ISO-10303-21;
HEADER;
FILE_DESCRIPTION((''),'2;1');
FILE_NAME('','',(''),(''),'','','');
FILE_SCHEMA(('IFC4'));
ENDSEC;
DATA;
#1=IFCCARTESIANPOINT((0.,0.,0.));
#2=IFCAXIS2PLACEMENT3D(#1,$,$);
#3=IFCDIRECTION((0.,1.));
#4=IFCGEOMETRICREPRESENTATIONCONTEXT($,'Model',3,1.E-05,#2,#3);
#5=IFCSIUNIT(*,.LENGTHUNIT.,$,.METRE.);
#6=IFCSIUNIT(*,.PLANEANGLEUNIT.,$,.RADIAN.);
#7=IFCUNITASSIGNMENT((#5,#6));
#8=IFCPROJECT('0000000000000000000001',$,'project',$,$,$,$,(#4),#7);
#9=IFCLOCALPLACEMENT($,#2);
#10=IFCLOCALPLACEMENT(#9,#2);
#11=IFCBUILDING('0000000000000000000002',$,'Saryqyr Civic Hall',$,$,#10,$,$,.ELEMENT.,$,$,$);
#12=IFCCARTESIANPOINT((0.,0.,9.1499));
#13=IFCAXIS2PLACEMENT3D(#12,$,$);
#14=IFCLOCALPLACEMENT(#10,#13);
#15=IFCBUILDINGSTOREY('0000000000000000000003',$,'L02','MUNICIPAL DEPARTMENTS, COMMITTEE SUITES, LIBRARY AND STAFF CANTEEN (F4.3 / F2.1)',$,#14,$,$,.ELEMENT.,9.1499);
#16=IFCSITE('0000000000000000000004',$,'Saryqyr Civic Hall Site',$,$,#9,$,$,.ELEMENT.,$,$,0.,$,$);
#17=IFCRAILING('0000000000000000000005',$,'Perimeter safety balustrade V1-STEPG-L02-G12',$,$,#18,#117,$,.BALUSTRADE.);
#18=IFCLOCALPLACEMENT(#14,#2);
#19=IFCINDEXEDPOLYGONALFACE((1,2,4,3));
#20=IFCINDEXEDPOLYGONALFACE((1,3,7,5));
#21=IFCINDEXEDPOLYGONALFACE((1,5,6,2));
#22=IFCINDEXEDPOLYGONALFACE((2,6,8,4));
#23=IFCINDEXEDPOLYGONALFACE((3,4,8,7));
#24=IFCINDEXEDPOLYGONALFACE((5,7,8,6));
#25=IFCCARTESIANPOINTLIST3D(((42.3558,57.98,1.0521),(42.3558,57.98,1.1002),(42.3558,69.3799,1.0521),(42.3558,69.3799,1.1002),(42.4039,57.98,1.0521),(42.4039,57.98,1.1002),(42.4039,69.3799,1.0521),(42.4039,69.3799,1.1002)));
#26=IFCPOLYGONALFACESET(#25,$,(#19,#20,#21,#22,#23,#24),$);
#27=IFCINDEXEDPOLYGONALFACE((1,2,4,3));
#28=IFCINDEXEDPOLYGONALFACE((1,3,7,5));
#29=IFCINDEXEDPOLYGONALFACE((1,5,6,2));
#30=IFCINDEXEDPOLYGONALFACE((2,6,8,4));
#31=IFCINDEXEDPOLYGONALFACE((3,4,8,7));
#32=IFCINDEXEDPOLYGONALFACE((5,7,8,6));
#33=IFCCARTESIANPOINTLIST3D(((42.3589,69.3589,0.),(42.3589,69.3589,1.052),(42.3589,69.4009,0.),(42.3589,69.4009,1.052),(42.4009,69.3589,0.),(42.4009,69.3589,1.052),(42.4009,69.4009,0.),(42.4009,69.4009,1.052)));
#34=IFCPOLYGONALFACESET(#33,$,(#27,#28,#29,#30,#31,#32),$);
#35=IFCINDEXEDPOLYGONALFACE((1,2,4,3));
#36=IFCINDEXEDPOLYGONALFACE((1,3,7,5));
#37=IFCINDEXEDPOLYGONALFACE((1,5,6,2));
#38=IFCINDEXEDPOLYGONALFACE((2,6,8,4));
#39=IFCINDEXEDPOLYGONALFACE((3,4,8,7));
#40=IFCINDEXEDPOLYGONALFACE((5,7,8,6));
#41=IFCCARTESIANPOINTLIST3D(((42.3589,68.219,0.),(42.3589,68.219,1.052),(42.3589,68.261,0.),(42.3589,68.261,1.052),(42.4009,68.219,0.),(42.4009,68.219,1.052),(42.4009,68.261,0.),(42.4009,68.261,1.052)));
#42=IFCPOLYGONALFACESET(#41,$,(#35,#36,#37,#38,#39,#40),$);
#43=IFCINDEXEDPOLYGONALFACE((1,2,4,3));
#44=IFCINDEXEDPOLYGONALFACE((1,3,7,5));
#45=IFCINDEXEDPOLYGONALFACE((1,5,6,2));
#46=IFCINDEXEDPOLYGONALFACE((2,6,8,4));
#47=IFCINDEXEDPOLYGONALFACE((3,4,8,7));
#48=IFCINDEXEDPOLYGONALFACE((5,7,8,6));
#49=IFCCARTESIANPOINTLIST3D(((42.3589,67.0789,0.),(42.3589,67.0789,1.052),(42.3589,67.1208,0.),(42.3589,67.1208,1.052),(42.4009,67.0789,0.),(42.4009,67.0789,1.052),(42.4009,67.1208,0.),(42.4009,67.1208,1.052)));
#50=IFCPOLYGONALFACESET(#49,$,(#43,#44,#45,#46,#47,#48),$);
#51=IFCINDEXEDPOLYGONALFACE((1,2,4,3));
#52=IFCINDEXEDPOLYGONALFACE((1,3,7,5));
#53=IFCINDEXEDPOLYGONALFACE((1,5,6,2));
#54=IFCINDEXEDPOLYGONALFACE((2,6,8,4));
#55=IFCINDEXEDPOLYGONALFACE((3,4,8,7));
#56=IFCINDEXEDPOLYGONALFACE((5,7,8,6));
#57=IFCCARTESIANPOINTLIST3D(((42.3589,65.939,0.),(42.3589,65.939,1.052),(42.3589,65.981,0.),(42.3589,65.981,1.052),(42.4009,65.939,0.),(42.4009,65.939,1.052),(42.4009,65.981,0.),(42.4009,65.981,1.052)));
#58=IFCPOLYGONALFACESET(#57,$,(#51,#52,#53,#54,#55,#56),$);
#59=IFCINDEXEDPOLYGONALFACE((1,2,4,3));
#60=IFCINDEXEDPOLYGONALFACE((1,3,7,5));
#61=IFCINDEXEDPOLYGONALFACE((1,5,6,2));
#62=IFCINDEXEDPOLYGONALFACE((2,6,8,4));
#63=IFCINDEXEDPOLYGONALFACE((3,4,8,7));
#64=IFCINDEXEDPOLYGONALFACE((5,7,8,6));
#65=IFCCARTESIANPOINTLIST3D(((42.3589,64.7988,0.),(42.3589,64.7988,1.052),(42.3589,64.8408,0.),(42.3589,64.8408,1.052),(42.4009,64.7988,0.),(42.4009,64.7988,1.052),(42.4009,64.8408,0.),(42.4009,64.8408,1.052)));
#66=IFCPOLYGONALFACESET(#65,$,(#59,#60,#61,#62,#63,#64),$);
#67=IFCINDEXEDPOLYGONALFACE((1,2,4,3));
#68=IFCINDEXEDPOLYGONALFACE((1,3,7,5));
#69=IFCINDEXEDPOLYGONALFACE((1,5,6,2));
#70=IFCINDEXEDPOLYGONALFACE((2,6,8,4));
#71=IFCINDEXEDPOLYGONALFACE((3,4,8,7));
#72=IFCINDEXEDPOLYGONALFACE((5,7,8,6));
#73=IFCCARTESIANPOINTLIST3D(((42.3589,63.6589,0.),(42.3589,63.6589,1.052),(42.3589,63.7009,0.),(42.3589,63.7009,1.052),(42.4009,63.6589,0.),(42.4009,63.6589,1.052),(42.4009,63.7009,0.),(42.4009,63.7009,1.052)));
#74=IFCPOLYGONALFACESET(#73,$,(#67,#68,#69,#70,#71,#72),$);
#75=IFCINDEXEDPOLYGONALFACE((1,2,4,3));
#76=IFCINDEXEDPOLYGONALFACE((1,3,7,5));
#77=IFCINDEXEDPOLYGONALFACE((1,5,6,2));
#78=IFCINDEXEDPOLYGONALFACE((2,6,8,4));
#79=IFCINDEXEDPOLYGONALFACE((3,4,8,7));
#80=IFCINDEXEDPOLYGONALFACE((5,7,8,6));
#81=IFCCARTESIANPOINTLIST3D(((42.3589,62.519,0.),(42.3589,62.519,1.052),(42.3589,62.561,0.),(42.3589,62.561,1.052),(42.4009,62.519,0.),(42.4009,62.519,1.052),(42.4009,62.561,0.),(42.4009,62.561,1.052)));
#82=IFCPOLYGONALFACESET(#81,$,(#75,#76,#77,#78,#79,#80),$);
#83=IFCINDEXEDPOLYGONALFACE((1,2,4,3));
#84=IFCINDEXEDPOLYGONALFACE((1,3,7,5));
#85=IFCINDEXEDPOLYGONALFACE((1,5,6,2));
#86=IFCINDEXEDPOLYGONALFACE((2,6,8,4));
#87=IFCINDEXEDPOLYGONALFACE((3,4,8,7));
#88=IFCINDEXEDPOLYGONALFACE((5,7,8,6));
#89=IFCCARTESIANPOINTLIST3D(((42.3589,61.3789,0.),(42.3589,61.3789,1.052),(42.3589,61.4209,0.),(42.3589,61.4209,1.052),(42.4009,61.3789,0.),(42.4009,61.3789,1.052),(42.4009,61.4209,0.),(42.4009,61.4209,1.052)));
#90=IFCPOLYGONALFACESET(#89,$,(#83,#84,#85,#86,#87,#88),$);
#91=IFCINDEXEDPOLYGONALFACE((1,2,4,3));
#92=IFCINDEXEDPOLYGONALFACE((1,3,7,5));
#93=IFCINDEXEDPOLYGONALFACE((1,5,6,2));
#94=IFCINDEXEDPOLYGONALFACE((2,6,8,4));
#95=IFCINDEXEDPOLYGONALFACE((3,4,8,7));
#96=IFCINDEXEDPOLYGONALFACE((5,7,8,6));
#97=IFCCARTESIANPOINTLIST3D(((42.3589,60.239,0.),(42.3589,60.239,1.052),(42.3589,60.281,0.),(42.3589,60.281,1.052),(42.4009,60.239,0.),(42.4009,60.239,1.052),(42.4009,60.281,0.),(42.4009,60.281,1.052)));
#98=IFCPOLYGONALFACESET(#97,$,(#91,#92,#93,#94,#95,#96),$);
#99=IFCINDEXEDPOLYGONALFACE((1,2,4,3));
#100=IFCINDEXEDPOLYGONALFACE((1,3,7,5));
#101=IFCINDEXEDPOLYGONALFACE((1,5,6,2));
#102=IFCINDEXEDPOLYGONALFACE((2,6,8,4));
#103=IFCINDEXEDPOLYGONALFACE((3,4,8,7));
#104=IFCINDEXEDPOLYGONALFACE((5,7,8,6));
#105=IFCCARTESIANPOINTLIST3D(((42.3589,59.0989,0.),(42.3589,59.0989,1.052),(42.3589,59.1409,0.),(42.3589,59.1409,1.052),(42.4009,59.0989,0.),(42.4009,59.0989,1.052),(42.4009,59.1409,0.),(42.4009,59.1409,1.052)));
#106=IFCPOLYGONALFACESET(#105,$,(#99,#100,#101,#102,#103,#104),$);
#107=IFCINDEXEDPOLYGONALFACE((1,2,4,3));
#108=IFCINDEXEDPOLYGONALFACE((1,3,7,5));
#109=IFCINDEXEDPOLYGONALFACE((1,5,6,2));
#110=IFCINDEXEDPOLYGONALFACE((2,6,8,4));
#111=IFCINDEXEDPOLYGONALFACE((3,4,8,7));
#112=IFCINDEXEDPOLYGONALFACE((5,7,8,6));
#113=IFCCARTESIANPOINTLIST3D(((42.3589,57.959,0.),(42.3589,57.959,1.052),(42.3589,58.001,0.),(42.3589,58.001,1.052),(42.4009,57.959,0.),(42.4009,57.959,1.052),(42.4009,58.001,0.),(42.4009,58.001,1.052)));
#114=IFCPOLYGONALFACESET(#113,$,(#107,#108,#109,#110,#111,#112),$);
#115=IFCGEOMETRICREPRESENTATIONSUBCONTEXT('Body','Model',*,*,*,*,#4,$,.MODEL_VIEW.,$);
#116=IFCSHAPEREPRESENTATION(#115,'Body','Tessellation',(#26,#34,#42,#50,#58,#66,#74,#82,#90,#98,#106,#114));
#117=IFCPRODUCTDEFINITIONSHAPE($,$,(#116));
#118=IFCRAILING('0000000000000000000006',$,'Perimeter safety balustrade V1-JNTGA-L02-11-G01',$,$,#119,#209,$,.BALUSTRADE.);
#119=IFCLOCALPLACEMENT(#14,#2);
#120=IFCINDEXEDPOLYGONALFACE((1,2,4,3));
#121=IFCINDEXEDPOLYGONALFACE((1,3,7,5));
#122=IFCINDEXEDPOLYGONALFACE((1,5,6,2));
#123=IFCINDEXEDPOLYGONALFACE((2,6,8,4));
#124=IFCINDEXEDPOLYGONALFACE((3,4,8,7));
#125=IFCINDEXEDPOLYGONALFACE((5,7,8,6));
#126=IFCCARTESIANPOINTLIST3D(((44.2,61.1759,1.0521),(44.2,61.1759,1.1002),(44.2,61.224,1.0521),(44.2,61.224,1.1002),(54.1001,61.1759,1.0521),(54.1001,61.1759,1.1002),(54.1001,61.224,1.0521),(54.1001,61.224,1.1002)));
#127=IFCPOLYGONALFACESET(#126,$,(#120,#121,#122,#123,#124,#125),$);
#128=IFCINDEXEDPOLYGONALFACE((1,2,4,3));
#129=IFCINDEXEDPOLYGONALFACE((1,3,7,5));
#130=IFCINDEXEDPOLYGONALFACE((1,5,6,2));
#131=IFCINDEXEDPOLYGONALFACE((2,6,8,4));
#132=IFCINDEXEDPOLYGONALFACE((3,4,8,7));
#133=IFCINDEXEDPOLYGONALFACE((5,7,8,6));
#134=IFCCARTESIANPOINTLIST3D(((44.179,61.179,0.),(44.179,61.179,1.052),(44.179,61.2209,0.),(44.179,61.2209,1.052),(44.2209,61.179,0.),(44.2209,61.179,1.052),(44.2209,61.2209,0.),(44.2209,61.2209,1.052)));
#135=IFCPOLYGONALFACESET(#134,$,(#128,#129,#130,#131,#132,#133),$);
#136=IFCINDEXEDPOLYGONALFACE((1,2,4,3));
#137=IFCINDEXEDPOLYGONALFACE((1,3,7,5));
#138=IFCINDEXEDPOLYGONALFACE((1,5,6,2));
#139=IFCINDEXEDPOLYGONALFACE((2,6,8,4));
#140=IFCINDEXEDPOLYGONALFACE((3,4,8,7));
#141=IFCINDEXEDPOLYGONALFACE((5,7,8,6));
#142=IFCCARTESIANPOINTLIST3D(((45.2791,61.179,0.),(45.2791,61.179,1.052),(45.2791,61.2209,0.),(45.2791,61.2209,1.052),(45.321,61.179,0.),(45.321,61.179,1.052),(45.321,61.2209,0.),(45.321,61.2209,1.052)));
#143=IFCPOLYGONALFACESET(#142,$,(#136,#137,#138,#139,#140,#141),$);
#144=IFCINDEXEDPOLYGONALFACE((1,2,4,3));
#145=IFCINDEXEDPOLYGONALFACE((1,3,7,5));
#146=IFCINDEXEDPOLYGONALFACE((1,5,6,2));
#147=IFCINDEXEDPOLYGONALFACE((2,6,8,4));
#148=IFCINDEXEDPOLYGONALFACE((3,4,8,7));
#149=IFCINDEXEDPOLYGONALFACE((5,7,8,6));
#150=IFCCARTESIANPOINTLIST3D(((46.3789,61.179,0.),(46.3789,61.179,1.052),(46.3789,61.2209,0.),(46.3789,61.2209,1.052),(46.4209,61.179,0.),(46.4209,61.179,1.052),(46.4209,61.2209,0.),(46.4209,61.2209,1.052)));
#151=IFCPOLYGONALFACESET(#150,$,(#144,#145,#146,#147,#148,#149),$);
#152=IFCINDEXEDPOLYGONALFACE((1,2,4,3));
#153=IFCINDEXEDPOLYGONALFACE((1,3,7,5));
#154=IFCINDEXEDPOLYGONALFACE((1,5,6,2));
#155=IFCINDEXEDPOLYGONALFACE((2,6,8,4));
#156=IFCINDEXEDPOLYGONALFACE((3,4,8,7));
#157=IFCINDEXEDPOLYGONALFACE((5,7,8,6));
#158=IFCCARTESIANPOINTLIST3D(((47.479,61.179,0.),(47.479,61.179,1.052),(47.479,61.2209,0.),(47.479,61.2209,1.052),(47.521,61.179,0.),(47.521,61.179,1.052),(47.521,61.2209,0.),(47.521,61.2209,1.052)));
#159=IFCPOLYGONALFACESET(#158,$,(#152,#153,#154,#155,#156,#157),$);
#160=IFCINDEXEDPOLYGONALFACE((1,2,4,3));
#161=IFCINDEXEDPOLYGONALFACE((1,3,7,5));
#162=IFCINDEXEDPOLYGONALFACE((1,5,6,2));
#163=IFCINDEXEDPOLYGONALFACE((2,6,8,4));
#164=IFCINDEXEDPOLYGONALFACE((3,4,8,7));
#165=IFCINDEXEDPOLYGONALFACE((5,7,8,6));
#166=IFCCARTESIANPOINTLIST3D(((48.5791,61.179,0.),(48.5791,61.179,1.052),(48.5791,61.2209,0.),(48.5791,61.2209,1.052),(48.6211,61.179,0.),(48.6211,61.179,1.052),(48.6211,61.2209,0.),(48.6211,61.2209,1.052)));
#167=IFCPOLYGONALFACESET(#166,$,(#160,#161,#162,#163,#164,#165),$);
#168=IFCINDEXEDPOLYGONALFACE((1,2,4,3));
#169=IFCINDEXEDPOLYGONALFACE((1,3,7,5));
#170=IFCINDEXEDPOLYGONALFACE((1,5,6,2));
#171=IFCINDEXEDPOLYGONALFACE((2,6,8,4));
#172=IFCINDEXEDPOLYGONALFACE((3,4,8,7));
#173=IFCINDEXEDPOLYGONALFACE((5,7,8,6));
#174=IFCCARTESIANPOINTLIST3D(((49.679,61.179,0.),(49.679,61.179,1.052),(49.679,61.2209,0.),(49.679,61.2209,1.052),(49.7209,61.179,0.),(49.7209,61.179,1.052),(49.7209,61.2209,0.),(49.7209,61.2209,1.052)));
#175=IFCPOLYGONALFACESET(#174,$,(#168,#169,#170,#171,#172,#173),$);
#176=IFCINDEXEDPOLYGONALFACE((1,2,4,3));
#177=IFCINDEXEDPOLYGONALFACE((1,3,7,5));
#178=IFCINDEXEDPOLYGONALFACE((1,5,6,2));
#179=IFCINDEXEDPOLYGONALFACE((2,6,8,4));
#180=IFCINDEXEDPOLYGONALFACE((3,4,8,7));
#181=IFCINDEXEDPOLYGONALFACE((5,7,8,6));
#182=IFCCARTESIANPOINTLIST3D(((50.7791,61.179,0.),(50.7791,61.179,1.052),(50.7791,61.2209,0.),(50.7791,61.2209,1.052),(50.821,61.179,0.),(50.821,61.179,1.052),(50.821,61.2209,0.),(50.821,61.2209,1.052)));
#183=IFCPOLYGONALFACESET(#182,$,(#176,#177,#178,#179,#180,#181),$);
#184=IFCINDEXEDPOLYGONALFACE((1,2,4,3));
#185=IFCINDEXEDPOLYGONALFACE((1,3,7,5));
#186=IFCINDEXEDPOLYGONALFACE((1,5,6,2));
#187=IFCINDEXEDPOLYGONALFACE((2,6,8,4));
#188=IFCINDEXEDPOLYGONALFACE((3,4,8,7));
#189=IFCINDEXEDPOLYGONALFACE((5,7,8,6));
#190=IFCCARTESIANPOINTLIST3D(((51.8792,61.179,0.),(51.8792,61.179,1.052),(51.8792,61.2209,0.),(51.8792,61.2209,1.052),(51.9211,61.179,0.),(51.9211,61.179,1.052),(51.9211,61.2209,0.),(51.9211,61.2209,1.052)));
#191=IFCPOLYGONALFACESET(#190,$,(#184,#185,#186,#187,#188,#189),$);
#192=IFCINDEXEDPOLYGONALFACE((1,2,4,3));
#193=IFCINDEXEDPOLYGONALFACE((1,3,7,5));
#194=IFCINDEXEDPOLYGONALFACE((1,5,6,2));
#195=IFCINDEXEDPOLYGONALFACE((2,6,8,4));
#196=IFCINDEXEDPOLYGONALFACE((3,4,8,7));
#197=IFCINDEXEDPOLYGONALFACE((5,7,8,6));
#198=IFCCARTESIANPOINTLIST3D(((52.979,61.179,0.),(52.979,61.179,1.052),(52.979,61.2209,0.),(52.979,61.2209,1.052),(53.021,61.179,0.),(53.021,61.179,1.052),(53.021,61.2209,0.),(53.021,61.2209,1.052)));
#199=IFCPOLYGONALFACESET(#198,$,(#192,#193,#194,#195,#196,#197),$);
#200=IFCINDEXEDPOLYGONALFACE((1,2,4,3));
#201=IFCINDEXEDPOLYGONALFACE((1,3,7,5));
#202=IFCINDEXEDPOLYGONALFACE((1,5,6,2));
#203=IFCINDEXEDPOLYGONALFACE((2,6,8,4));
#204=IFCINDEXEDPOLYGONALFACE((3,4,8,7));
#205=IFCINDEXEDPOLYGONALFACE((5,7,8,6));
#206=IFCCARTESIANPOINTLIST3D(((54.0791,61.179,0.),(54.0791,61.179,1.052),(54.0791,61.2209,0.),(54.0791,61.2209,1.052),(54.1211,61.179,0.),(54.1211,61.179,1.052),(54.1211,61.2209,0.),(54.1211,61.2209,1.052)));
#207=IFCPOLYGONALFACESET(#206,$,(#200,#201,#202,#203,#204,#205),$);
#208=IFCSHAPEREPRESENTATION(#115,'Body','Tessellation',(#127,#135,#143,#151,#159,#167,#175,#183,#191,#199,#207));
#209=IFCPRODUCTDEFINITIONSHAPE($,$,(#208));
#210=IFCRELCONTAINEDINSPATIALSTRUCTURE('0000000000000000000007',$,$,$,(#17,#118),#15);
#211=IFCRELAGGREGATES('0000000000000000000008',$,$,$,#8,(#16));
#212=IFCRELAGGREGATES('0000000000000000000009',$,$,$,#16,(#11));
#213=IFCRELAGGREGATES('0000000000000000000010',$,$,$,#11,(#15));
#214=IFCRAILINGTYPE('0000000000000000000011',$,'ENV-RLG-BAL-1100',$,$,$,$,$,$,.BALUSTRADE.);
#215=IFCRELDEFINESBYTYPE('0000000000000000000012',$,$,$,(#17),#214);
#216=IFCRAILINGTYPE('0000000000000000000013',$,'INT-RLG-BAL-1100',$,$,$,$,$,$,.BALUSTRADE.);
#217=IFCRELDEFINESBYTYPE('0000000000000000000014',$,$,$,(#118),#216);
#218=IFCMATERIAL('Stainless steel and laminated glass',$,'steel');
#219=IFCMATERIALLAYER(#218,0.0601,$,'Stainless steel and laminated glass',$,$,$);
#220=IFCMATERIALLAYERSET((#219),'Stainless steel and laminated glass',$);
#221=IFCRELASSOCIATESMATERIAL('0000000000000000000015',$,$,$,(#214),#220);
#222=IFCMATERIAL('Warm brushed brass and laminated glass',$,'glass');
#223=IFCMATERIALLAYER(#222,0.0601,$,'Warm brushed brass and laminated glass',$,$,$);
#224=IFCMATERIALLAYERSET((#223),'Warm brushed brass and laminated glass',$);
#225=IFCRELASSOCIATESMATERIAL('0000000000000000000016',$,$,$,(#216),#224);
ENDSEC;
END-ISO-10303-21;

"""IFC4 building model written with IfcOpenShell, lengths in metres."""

from ifc_helpers import new_model, si_unit, direction, frame, origin, origin_2d, place, context, subcontext, project, spatial, rectangle, extrude, material, layer, layer_set, type_object, element, save


model = new_model("IFC4")

# Units and contexts
model_context = context("Model", 3, precision=1e-05, world=origin(), true_north=direction((0.0, 1.0)))
body_context = subcontext(model_context, "Body", "Model", "MODEL_VIEW")
ifc_project = project(units=[si_unit("LENGTHUNIT", "METRE"), si_unit("PLANEANGLEUNIT", "RADIAN")], contexts=[model_context])

# Site, building, storey
site_placement = place(None, origin())
site = spatial("IfcSite", under=ifc_project, at=site_placement, Name="Saryqyr Civic Hall Site", CompositionType="ELEMENT", RefElevation=0.0)
building_placement = place(site_placement, origin())
building = spatial("IfcBuilding", under=site, at=building_placement, Name="Saryqyr Civic Hall", CompositionType="ELEMENT")
storey_placement = place(building_placement, frame((0.0, 0.0, 9.1499)))
storey = spatial("IfcBuildingStorey", under=building, at=storey_placement, Name="L02", Description="MUNICIPAL DEPARTMENTS, COMMITTEE SUITES, LIBRARY AND STAFF CANTEEN (F4.3 / F2.1)", CompositionType="ELEMENT", Elevation=9.1499)

# Railings
ifc_material_1 = material(Name="Stainless steel and laminated glass", Category="steel")
ifc_layer_1 = layer(ifc_material_1, 0.0601, Name="Stainless steel and laminated glass")
ifc_layer_set_1 = layer_set([ifc_layer_1], Name="Stainless steel and laminated glass")
railing_type_1 = type_object("IfcRailingType", Name="ENV-RLG-BAL-1100", PredefinedType="BALUSTRADE", material=ifc_layer_set_1)
railing_1_placement = place(storey_placement, frame((42.3799, 69.3799, 0.0)))
element("IfcRailing", 1, at=railing_1_placement, inside=storey, type_object=railing_type_1, Name="Perimeter safety balustrade V1-STEPG-L02-G12", PredefinedType="BALUSTRADE", context=body_context, shape_type="SweptSolid", body=[
    extrude(rectangle(XDim=0.0481, YDim=0.0481, at=origin_2d()), frame((0.0, 0.0, 1.0762), z_axis=(0.0, -1.0, 0.0), x_axis=(1.0, 0.0, 0.0)), (0.0, 0.0, 1.0), 11.3999),
    extrude(rectangle(XDim=0.042, YDim=0.042, at=origin_2d()), origin(), (0.0, 0.0, 1.0), 1.052),
    extrude(rectangle(XDim=0.042, YDim=0.042, at=origin_2d()), frame((0.0, -1.1399, 0.0)), (0.0, 0.0, 1.0), 1.052),
    extrude(rectangle(XDim=0.042, YDim=0.042, at=origin_2d()), frame((0.0, -2.28, 0.0)), (0.0, 0.0, 1.0), 1.052),
    extrude(rectangle(XDim=0.042, YDim=0.042, at=origin_2d()), frame((0.0, -3.4199, 0.0)), (0.0, 0.0, 1.0), 1.052),
    extrude(rectangle(XDim=0.042, YDim=0.042, at=origin_2d()), frame((0.0, -4.5601, 0.0)), (0.0, 0.0, 1.0), 1.052),
    extrude(rectangle(XDim=0.042, YDim=0.042, at=origin_2d()), frame((0.0, -5.7, 0.0)), (0.0, 0.0, 1.0), 1.052),
    extrude(rectangle(XDim=0.042, YDim=0.042, at=origin_2d()), frame((0.0, -6.8398, 0.0)), (0.0, 0.0, 1.0), 1.052),
    extrude(rectangle(XDim=0.042, YDim=0.042, at=origin_2d()), frame((0.0, -7.98, 0.0)), (0.0, 0.0, 1.0), 1.052),
    extrude(rectangle(XDim=0.042, YDim=0.042, at=origin_2d()), frame((0.0, -9.1199, 0.0)), (0.0, 0.0, 1.0), 1.052),
    extrude(rectangle(XDim=0.042, YDim=0.042, at=origin_2d()), frame((0.0, -10.26, 0.0)), (0.0, 0.0, 1.0), 1.052),
    extrude(rectangle(XDim=0.042, YDim=0.042, at=origin_2d()), frame((0.0, -11.3999, 0.0)), (0.0, 0.0, 1.0), 1.052),
])
ifc_material_2 = material(Name="Warm brushed brass and laminated glass", Category="glass")
ifc_layer_2 = layer(ifc_material_2, 0.0601, Name="Warm brushed brass and laminated glass")
ifc_layer_set_2 = layer_set([ifc_layer_2], Name="Warm brushed brass and laminated glass")
railing_type_2 = type_object("IfcRailingType", Name="INT-RLG-BAL-1100", PredefinedType="BALUSTRADE", material=ifc_layer_set_2)
railing_2_placement = place(storey_placement, frame((44.2, 61.2, 0.0)))
element("IfcRailing", 2, at=railing_2_placement, inside=storey, type_object=railing_type_2, Name="Perimeter safety balustrade V1-JNTGA-L02-11-G01", PredefinedType="BALUSTRADE", context=body_context, shape_type="SweptSolid", body=[
    extrude(rectangle(XDim=0.0481, YDim=0.0481, at=origin_2d()), frame((0.0, 0.0, 1.0762), z_axis=(1.0, 0.0, 0.0), x_axis=(0.0, 1.0, 0.0)), (0.0, 0.0, 1.0), 9.9001),
    extrude(rectangle(XDim=0.042, YDim=0.042, at=origin_2d()), origin(), (0.0, 0.0, 1.0), 1.052),
    extrude(rectangle(XDim=0.042, YDim=0.042, at=origin_2d()), frame((1.1001, 0.0, 0.0)), (0.0, 0.0, 1.0), 1.052),
    extrude(rectangle(XDim=0.042, YDim=0.042, at=origin_2d()), frame((2.2, 0.0, 0.0)), (0.0, 0.0, 1.0), 1.052),
    extrude(rectangle(XDim=0.042, YDim=0.042, at=origin_2d()), frame((3.3, 0.0, 0.0)), (0.0, 0.0, 1.0), 1.052),
    extrude(rectangle(XDim=0.042, YDim=0.042, at=origin_2d()), frame((4.4001, 0.0, 0.0)), (0.0, 0.0, 1.0), 1.052),
    extrude(rectangle(XDim=0.042, YDim=0.042, at=origin_2d()), frame((5.5, 0.0, 0.0)), (0.0, 0.0, 1.0), 1.052),
    extrude(rectangle(XDim=0.042, YDim=0.042, at=origin_2d()), frame((6.6001, 0.0, 0.0)), (0.0, 0.0, 1.0), 1.052),
    extrude(rectangle(XDim=0.042, YDim=0.042, at=origin_2d()), frame((7.7002, 0.0, 0.0)), (0.0, 0.0, 1.0), 1.052),
    extrude(rectangle(XDim=0.042, YDim=0.042, at=origin_2d()), frame((8.8, 0.0, 0.0)), (0.0, 0.0, 1.0), 1.052),
    extrude(rectangle(XDim=0.042, YDim=0.042, at=origin_2d()), frame((9.9001, 0.0, 0.0)), (0.0, 0.0, 1.0), 1.052),
])

save(model, "model.ifc")
